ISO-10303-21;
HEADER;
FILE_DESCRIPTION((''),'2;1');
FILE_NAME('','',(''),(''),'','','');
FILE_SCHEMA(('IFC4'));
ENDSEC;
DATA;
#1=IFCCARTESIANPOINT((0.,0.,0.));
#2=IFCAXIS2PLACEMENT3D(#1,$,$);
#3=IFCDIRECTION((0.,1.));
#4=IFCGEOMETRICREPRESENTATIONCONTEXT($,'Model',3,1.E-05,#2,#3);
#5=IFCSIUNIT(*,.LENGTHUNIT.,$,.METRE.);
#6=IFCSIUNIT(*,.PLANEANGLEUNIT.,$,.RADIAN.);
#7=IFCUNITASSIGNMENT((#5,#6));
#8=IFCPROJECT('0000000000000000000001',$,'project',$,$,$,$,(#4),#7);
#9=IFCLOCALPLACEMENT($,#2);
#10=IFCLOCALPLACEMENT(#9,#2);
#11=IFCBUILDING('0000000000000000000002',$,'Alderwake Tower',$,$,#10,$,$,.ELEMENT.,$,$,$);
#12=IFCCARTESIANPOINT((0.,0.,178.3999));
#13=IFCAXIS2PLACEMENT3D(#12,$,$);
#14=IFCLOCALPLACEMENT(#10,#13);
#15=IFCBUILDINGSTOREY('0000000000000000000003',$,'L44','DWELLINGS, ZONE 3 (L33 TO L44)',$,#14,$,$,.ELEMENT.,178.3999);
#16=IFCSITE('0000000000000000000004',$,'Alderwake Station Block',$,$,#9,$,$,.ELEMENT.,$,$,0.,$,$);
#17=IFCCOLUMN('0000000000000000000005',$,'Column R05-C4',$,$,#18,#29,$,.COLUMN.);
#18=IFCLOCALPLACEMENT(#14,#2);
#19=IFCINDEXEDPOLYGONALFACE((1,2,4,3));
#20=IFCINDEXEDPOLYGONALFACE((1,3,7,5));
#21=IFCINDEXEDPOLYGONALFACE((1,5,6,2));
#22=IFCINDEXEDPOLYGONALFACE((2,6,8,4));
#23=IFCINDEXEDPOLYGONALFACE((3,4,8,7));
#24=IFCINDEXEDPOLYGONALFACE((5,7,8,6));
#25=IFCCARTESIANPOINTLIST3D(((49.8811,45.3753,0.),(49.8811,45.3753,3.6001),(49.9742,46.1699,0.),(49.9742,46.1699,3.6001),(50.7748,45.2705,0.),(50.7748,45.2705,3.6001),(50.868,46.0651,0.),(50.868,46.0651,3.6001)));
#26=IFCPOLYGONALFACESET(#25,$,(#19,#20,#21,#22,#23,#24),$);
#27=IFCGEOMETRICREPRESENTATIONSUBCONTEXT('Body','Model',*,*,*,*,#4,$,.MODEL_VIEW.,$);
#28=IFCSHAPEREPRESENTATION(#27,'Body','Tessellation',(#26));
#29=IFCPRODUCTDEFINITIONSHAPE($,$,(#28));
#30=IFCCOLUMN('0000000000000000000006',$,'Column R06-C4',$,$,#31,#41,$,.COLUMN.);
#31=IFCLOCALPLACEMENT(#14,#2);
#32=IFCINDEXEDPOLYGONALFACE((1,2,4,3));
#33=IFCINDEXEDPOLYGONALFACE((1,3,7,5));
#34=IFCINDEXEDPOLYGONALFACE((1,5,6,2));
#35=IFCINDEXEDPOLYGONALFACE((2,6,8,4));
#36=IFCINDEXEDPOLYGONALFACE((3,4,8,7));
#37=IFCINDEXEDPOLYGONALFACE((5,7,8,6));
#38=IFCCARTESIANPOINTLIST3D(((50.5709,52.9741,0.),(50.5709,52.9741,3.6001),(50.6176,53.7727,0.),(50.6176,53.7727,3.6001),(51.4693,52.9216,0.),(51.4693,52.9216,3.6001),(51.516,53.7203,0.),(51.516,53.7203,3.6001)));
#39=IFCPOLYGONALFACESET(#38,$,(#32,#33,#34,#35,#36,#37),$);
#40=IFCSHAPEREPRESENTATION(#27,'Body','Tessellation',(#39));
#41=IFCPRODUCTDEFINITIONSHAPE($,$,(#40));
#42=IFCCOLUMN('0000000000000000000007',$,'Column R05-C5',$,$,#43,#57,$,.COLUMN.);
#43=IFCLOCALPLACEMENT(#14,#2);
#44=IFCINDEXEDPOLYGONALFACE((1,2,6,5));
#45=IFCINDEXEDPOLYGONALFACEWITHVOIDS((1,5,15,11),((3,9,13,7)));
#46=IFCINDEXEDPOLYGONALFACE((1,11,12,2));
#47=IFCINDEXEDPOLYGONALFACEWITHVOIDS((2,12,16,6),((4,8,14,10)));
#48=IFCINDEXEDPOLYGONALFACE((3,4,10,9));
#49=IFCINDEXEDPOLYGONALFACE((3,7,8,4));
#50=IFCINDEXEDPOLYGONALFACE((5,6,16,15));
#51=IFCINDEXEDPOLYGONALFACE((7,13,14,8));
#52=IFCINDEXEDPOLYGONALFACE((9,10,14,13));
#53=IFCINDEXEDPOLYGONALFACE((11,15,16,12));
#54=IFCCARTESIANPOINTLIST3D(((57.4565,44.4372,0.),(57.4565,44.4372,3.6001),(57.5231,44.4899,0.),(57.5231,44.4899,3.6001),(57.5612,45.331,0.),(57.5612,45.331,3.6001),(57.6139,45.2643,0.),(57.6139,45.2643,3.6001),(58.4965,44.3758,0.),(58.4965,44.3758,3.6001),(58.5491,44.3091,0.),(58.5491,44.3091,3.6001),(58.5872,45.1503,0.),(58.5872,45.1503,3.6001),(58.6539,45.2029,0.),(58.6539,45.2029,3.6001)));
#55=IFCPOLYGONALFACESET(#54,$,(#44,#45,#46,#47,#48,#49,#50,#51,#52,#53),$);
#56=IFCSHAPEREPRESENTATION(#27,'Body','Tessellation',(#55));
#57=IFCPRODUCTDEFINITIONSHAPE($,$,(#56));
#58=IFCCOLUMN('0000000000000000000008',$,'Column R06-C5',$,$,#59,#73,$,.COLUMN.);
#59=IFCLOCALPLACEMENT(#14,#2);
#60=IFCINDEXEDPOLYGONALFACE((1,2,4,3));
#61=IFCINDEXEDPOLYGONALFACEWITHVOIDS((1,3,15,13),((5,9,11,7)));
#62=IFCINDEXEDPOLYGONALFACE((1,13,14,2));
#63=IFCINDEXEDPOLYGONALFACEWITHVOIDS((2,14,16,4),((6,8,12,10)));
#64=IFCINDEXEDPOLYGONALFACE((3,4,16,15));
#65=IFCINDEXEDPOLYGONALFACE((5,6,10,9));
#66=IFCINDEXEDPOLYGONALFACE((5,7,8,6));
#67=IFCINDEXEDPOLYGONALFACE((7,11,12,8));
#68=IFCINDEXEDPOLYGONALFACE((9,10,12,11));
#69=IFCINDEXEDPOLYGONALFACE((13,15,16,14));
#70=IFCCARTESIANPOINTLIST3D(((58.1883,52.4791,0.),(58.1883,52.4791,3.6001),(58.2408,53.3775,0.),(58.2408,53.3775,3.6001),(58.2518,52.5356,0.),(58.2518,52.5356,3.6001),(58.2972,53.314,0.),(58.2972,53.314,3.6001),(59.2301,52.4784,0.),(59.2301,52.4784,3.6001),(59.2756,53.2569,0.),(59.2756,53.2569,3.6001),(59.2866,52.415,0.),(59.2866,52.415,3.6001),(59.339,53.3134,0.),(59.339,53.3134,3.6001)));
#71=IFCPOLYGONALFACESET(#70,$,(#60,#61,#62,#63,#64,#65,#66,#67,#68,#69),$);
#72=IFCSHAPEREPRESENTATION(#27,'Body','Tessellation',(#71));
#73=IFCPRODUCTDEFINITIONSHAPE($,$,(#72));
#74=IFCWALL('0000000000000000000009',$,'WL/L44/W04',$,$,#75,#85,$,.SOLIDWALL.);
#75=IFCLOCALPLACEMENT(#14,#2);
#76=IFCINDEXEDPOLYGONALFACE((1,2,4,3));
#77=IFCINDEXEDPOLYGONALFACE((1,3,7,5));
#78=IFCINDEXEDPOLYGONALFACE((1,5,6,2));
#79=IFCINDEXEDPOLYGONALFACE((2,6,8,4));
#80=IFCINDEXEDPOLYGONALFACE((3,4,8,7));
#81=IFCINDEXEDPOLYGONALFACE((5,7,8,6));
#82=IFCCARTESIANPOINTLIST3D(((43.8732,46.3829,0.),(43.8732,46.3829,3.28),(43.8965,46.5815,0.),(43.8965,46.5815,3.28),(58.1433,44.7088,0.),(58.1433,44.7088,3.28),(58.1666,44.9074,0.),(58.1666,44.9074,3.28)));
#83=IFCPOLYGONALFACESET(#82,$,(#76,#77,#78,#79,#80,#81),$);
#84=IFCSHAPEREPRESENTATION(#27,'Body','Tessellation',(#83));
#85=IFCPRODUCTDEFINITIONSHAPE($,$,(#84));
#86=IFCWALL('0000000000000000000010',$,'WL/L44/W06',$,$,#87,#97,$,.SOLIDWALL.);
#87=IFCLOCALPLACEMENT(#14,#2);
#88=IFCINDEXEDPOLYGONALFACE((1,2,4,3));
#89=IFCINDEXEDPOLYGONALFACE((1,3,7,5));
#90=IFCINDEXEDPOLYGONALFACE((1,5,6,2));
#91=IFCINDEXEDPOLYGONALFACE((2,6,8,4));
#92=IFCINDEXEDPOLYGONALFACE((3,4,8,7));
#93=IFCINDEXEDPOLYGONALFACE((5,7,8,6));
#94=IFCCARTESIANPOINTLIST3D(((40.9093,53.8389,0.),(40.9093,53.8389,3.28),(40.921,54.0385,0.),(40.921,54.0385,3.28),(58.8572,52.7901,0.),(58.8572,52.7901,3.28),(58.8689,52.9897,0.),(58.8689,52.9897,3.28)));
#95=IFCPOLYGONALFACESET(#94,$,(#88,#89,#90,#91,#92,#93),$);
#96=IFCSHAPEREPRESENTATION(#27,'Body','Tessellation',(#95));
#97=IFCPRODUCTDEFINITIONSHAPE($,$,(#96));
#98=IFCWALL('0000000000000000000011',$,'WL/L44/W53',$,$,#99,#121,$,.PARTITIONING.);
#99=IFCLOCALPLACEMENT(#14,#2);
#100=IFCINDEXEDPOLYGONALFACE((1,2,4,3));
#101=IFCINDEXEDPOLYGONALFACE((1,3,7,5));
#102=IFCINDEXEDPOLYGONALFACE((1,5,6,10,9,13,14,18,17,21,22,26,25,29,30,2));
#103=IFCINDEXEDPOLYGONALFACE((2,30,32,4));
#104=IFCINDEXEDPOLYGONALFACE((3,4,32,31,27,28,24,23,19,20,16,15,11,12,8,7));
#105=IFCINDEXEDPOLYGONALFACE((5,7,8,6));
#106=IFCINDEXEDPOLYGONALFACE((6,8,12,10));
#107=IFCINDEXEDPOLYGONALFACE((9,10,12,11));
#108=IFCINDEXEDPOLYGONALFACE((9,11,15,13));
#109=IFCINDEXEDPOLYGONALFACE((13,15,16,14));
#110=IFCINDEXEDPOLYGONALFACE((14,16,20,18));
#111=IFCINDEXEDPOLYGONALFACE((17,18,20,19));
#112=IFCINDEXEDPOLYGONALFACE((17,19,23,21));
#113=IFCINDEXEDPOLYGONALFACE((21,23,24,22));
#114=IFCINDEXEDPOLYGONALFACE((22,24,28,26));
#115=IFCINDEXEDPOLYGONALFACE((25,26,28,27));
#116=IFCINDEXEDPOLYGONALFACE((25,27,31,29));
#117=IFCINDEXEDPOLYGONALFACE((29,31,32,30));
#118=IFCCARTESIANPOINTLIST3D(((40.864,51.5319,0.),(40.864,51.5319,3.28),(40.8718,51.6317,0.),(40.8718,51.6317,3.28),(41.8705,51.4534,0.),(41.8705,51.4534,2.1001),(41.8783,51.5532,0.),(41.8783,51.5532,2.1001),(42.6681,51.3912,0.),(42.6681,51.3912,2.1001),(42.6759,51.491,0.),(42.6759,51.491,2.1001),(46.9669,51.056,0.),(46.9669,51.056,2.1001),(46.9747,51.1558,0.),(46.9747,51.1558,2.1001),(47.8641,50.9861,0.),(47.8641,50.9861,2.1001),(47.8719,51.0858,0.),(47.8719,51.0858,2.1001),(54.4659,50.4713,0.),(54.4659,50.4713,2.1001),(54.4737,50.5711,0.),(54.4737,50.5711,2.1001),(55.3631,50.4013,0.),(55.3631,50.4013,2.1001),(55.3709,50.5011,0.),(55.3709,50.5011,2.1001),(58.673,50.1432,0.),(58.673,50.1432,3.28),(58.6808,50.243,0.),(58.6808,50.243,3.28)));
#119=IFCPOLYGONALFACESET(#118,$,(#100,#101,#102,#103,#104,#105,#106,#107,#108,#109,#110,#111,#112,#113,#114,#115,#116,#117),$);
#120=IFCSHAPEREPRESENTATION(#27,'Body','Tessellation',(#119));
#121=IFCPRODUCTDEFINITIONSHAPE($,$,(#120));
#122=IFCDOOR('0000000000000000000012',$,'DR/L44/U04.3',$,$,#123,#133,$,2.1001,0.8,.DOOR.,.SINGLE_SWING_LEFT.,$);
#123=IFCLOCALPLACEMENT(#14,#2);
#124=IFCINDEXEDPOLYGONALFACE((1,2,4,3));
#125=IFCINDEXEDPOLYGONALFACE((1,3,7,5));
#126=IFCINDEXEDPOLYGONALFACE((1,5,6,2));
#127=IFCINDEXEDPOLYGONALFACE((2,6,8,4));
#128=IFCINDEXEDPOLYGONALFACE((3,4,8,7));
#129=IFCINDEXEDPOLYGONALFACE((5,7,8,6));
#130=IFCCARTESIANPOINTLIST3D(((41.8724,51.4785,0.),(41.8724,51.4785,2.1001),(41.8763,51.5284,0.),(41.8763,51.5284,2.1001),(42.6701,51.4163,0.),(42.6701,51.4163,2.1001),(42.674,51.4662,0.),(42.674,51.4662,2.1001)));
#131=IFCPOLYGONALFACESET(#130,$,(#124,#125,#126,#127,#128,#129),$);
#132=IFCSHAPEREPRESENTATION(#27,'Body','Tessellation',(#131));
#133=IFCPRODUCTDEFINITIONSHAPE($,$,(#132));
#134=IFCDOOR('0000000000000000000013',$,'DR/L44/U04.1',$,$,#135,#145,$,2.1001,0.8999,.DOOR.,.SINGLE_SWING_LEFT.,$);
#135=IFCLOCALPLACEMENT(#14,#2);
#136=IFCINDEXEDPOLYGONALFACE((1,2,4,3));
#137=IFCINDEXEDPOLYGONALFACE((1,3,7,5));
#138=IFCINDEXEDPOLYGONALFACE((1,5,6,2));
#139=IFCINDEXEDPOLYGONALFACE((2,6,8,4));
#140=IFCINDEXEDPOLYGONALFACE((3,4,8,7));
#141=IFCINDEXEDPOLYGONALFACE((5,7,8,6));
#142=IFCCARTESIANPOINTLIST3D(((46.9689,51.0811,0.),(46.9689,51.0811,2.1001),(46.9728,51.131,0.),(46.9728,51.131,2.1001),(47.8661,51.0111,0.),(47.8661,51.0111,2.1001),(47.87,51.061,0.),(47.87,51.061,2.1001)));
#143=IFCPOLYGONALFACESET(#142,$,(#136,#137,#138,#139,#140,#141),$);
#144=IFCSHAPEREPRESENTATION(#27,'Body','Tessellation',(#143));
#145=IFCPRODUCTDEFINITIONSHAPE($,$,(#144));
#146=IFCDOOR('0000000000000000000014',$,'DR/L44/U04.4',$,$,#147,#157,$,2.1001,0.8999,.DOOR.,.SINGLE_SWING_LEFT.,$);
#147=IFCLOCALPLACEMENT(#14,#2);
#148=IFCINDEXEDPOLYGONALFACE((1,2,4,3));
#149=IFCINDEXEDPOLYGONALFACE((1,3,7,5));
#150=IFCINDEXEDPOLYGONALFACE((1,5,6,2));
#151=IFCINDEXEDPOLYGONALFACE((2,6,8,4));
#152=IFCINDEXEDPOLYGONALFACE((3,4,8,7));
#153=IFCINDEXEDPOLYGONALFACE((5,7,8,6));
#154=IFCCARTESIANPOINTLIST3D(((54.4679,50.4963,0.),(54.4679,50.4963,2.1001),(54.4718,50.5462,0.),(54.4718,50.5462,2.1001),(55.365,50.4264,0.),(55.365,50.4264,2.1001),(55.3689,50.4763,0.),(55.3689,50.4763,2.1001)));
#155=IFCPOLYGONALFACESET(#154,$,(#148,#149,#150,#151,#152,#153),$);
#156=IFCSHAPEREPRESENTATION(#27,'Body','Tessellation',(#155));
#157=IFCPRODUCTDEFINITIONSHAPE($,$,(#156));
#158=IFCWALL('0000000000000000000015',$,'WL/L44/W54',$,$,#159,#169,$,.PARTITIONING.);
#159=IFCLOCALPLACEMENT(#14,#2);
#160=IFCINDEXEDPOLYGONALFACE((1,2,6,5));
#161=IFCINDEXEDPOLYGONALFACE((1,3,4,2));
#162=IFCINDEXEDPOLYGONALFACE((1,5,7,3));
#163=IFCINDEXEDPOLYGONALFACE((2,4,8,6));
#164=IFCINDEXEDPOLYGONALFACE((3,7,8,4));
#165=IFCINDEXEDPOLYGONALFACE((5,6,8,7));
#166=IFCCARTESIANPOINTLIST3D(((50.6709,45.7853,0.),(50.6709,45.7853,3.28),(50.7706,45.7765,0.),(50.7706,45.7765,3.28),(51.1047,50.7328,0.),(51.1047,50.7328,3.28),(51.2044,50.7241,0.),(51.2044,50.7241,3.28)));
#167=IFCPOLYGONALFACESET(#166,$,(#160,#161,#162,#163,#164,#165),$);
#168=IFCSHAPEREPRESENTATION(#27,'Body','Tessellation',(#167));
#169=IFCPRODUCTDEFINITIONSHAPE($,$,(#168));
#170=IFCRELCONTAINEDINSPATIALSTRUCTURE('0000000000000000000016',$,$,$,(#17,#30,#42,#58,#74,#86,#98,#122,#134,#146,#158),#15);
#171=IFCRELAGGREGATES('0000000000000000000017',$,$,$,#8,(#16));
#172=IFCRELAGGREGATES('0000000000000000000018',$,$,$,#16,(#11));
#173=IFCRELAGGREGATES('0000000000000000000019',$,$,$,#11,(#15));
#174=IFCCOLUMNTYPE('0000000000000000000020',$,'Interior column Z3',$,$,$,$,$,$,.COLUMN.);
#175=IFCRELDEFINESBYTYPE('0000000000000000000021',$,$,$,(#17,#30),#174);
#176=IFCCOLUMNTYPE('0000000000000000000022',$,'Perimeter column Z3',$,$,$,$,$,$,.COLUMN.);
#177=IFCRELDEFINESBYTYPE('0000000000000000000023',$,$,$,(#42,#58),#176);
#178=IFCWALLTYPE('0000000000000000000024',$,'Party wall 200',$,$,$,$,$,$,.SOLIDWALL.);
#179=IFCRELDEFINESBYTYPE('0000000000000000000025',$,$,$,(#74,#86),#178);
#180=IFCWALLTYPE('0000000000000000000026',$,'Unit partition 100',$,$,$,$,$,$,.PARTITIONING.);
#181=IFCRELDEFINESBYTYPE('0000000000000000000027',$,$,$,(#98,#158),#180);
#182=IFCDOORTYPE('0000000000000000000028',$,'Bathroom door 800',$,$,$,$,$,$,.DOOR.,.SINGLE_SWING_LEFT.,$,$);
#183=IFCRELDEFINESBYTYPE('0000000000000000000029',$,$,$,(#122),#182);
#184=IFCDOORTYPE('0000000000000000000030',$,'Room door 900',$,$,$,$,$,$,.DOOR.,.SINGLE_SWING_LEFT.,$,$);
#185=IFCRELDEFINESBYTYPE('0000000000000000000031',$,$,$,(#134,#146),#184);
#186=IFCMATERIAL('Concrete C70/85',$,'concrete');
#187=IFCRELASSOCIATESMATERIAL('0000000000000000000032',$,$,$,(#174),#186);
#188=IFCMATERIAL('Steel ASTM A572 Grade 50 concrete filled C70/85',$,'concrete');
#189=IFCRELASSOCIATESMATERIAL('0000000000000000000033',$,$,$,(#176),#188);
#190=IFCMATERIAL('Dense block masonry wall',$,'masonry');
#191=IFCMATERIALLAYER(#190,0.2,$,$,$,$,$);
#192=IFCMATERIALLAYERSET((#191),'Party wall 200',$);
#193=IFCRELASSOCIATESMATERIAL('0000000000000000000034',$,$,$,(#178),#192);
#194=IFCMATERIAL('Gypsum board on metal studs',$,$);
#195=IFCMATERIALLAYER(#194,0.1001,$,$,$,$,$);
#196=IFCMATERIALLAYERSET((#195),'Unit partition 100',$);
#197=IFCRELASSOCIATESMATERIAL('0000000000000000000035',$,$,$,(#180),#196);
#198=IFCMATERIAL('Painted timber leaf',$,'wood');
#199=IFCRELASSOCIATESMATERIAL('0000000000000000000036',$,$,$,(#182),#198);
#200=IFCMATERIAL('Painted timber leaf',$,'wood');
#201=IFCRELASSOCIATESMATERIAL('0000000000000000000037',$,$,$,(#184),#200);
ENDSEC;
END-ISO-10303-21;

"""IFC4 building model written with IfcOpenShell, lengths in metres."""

from ifc_helpers import new_model, si_unit, direction, frame, frame_2d, origin, origin_2d, place, context, subcontext, project, spatial, rectangle, hollow_rectangle, extrude, material, layer, layer_set, material_profile, profile_set, type_object, element, fill, save


model = new_model("IFC4")

# Units and contexts
model_context = context("Model", 3, precision=1e-05, world=origin(), true_north=direction((0.0, 1.0)))
body_context = subcontext(model_context, "Body", "Model", "MODEL_VIEW")
ifc_project = project(units=[si_unit("LENGTHUNIT", "METRE"), si_unit("PLANEANGLEUNIT", "RADIAN")], contexts=[model_context])

# Site, building, storey
site_placement = place(None, origin())
site = spatial("IfcSite", under=ifc_project, at=site_placement, Name="Alderwake Station Block", CompositionType="ELEMENT", RefElevation=0.0)
building_placement = place(site_placement, origin())
building = spatial("IfcBuilding", under=site, at=building_placement, Name="Alderwake Tower", CompositionType="ELEMENT")
storey_placement = place(building_placement, frame((0.0, 0.0, 178.3999)))
storey = spatial("IfcBuildingStorey", under=building, at=storey_placement, Name="L44", Description="DWELLINGS, ZONE 3 (L33 TO L44)", CompositionType="ELEMENT", Elevation=178.3999)

# Columns
ifc_material_1 = material(Name="Concrete C70/85", Category="concrete")
ifc_material_profile_1 = material_profile(ifc_material_1, rectangle(XDim=0.8, YDim=0.8999, at=origin_2d()), Name="RC 900X800")
ifc_profile_set_1 = profile_set([ifc_material_profile_1], Name="Concrete C70/85")
column_type_1 = type_object("IfcColumnType", Name="Interior column Z3", PredefinedType="COLUMN", material=ifc_profile_set_1)
for number, where, z_axis, x_axis, name in (
    (1, (50.3745, 45.7202, 0.0), (0.0, 0.0, 1.0), (0.116402, 0.993202, 0.0), "Column R05-C4"),
    (2, (51.0435, 53.3472, 0.0), (0.0, 0.0, 1.0), (0.058301, 0.998299, 0.0), "Column R06-C4"),
):
    element("IfcColumn", number, at=place(storey_placement, frame(where, z_axis=z_axis, x_axis=x_axis)), inside=storey, type_object=column_type_1, Name=name, PredefinedType="COLUMN", context=body_context, shape_type="SweptSolid", body=[
        extrude(rectangle(XDim=0.8, YDim=0.8999, at=origin_2d()), origin(), (0.0, 0.0, 1.0), 3.6001),
    ])
ifc_material_2 = material(Name="Steel ASTM A572 Grade 50 concrete filled C70/85", Category="concrete")
ifc_material_profile_2 = material_profile(ifc_material_2, hollow_rectangle(XDim=0.8999, YDim=1.1001, WallThickness=0.0601, at=origin_2d()), Name="BOX 1100X900X60")
ifc_profile_set_2 = profile_set([ifc_material_profile_2], Name="Steel ASTM A572 Grade 50 concrete filled C70/85")
column_type_2 = type_object("IfcColumnType", Name="Perimeter column Z3", PredefinedType="COLUMN", material=ifc_profile_set_2)
for number, where, z_axis, x_axis, name in (
    (3, (58.0552, 44.8201, 0.0), (0.0, 0.0, 1.0), (0.116402, 0.993202, 0.0), "Column R05-C5"),
    (4, (58.7637, 52.8962, 0.0), (0.0, 0.0, 1.0), (0.058299, 0.998299, 0.0), "Column R06-C5"),
):
    element("IfcColumn", number, at=place(storey_placement, frame(where, z_axis=z_axis, x_axis=x_axis)), inside=storey, type_object=column_type_2, Name=name, PredefinedType="COLUMN", context=body_context, shape_type="SweptSolid", body=[
        extrude(hollow_rectangle(XDim=0.8999, YDim=1.1001, WallThickness=0.0601, at=origin_2d()), origin(), (0.0, 0.0, 1.0), 3.6001),
    ])

# Walls
ifc_material_3 = material(Name="Dense block masonry wall", Category="masonry")
ifc_layer_1 = layer(ifc_material_3, 0.2)
ifc_layer_set_1 = layer_set([ifc_layer_1], Name="Party wall 200")
wall_type_1 = type_object("IfcWallType", Name="Party wall 200", PredefinedType="SOLIDWALL", material=ifc_layer_set_1)
wall_1_placement = place(storey_placement, frame((58.155, 44.8081, 0.0), z_axis=(0.0, 0.0, 1.0), x_axis=(-0.993189, 0.116515, 0.0)))
element("IfcWall", 5, at=wall_1_placement, inside=storey, type_object=wall_type_1, Name="WL/L44/W04", PredefinedType="SOLIDWALL", context=body_context, shape_type="SweptSolid", body=[
    extrude(rectangle(XDim=14.3679, YDim=0.2, at=frame_2d((7.1841, 0.0))), origin(), (0.0, 0.0, 1.0), 3.28),
])
wall_2_placement = place(storey_placement, frame((58.863, 52.8899, 0.0), z_axis=(0.0, 0.0, 1.0), x_axis=(-0.998297, 0.058338, 0.0)))
element("IfcWall", 6, at=wall_2_placement, inside=storey, type_object=wall_type_1, Name="WL/L44/W06", PredefinedType="SOLIDWALL", context=body_context, shape_type="SweptSolid", body=[
    extrude(rectangle(XDim=17.9785, YDim=0.2, at=frame_2d((8.9893, 0.0))), origin(), (0.0, 0.0, 1.0), 3.28),
])

# Wall, openings, doors
ifc_material_4 = material(Name="Gypsum board on metal studs")
ifc_layer_2 = layer(ifc_material_4, 0.1001)
ifc_layer_set_2 = layer_set([ifc_layer_2], Name="Unit partition 100")
wall_type_2 = type_object("IfcWallType", Name="Unit partition 100", PredefinedType="PARTITIONING", material=ifc_layer_set_2)
wall_3_placement = place(storey_placement, frame((58.677, 50.1931, 0.0), z_axis=(0.0, 0.0, 1.0), x_axis=(-0.996974, 0.07774, 0.0)))
wall_3 = element("IfcWall", 7, at=wall_3_placement, inside=storey, type_object=wall_type_2, Name="WL/L44/W53", PredefinedType="PARTITIONING", context=body_context, shape_type="SweptSolid", body=[
    extrude(rectangle(XDim=17.863, YDim=0.1001, at=frame_2d((8.9316, 0.0))), origin(), (0.0, 0.0, 1.0), 3.28),
])
opening_1_placement = place(wall_3_placement, frame((10.8418, 0.0, 0.0)))
opening_1 = element("IfcOpeningElement", 8, at=opening_1_placement, cuts=wall_3, PredefinedType="OPENING", context=body_context, shape_type="SweptSolid", body=[
    extrude(rectangle(XDim=0.8999, YDim=2.1001, at=frame_2d((0.45, 1.05))), frame((0.0, 0.0601, 0.0), z_axis=(0.0, -1.0, 0.0), x_axis=(1.0, 0.0, 0.0)), (0.0, 0.0, 1.0), 0.1201),
])
opening_2_placement = place(wall_3_placement, frame((16.0537, 0.0, 0.0)))
opening_2 = element("IfcOpeningElement", 9, at=opening_2_placement, cuts=wall_3, PredefinedType="OPENING", context=body_context, shape_type="SweptSolid", body=[
    extrude(rectangle(XDim=0.8, YDim=2.1001, at=frame_2d((0.3999, 1.05))), frame((0.0, 0.0601, 0.0), z_axis=(0.0, -1.0, 0.0), x_axis=(1.0, 0.0, 0.0)), (0.0, 0.0, 1.0), 0.1201),
])
opening_3_placement = place(wall_3_placement, frame((3.3201, 0.0, 0.0)))
opening_3 = element("IfcOpeningElement", 10, at=opening_3_placement, cuts=wall_3, PredefinedType="OPENING", context=body_context, shape_type="SweptSolid", body=[
    extrude(rectangle(XDim=0.8999, YDim=2.1001, at=frame_2d((0.45, 1.05))), frame((0.0, 0.0601, 0.0), z_axis=(0.0, -1.0, 0.0), x_axis=(1.0, 0.0, 0.0)), (0.0, 0.0, 1.0), 0.1201),
])
ifc_material_5 = material(Name="Painted timber leaf", Category="wood")
door_type_1 = type_object("IfcDoorType", Name="Bathroom door 800", OperationType="SINGLE_SWING_LEFT", PredefinedType="DOOR", material=ifc_material_5)
door_1_placement = place(opening_2_placement, origin())
door_1 = element("IfcDoor", 11, at=door_1_placement, inside=storey, type_object=door_type_1, Name="DR/L44/U04.3", OperationType="SINGLE_SWING_LEFT", OverallHeight=2.1001, OverallWidth=0.8, PredefinedType="DOOR", context=body_context, shape_type="SweptSolid", body=[
    extrude(rectangle(XDim=0.8, YDim=2.1001, at=frame_2d((0.3999, 1.05))), frame((0.0, 0.0249, 0.0), z_axis=(0.0, -1.0, 0.0), x_axis=(1.0, 0.0, 0.0)), (0.0, 0.0, 1.0), 0.05),
])
fill(opening_2, door_1)
ifc_material_6 = material(Name="Painted timber leaf", Category="wood")
door_type_2 = type_object("IfcDoorType", Name="Room door 900", OperationType="SINGLE_SWING_LEFT", PredefinedType="DOOR", material=ifc_material_6)
door_2_placement = place(opening_1_placement, origin())
door_2 = element("IfcDoor", 12, at=door_2_placement, inside=storey, type_object=door_type_2, Name="DR/L44/U04.1", OperationType="SINGLE_SWING_LEFT", OverallHeight=2.1001, OverallWidth=0.8999, PredefinedType="DOOR", context=body_context, shape_type="SweptSolid", body=[
    extrude(rectangle(XDim=0.8999, YDim=2.1001, at=frame_2d((0.45, 1.05))), frame((0.0, 0.0249, 0.0), z_axis=(0.0, -1.0, 0.0), x_axis=(1.0, 0.0, 0.0)), (0.0, 0.0, 1.0), 0.05),
])
fill(opening_1, door_2)
door_3_placement = place(opening_3_placement, origin())
door_3 = element("IfcDoor", 13, at=door_3_placement, inside=storey, type_object=door_type_2, Name="DR/L44/U04.4", OperationType="SINGLE_SWING_LEFT", OverallHeight=2.1001, OverallWidth=0.8999, PredefinedType="DOOR", context=body_context, shape_type="SweptSolid", body=[
    extrude(rectangle(XDim=0.8999, YDim=2.1001, at=frame_2d((0.45, 1.05))), frame((0.0, 0.0249, 0.0), z_axis=(0.0, -1.0, 0.0), x_axis=(1.0, 0.0, 0.0)), (0.0, 0.0, 1.0), 0.05),
])
fill(opening_3, door_3)

# Wall
wall_4_placement = place(storey_placement, frame((50.7207, 45.7808, 0.0), z_axis=(0.0, 0.0, 1.0), x_axis=(0.087353, 0.996177, 0.0)))
element("IfcWall", 14, at=wall_4_placement, inside=storey, type_object=wall_type_2, Name="WL/L44/W54", PredefinedType="PARTITIONING", context=body_context, shape_type="SweptSolid", body=[
    extrude(rectangle(XDim=4.9666, YDim=0.1001, at=frame_2d((2.4834, 0.0))), origin(), (0.0, 0.0, 1.0), 3.28),
])

save(model, "model.ifc")
